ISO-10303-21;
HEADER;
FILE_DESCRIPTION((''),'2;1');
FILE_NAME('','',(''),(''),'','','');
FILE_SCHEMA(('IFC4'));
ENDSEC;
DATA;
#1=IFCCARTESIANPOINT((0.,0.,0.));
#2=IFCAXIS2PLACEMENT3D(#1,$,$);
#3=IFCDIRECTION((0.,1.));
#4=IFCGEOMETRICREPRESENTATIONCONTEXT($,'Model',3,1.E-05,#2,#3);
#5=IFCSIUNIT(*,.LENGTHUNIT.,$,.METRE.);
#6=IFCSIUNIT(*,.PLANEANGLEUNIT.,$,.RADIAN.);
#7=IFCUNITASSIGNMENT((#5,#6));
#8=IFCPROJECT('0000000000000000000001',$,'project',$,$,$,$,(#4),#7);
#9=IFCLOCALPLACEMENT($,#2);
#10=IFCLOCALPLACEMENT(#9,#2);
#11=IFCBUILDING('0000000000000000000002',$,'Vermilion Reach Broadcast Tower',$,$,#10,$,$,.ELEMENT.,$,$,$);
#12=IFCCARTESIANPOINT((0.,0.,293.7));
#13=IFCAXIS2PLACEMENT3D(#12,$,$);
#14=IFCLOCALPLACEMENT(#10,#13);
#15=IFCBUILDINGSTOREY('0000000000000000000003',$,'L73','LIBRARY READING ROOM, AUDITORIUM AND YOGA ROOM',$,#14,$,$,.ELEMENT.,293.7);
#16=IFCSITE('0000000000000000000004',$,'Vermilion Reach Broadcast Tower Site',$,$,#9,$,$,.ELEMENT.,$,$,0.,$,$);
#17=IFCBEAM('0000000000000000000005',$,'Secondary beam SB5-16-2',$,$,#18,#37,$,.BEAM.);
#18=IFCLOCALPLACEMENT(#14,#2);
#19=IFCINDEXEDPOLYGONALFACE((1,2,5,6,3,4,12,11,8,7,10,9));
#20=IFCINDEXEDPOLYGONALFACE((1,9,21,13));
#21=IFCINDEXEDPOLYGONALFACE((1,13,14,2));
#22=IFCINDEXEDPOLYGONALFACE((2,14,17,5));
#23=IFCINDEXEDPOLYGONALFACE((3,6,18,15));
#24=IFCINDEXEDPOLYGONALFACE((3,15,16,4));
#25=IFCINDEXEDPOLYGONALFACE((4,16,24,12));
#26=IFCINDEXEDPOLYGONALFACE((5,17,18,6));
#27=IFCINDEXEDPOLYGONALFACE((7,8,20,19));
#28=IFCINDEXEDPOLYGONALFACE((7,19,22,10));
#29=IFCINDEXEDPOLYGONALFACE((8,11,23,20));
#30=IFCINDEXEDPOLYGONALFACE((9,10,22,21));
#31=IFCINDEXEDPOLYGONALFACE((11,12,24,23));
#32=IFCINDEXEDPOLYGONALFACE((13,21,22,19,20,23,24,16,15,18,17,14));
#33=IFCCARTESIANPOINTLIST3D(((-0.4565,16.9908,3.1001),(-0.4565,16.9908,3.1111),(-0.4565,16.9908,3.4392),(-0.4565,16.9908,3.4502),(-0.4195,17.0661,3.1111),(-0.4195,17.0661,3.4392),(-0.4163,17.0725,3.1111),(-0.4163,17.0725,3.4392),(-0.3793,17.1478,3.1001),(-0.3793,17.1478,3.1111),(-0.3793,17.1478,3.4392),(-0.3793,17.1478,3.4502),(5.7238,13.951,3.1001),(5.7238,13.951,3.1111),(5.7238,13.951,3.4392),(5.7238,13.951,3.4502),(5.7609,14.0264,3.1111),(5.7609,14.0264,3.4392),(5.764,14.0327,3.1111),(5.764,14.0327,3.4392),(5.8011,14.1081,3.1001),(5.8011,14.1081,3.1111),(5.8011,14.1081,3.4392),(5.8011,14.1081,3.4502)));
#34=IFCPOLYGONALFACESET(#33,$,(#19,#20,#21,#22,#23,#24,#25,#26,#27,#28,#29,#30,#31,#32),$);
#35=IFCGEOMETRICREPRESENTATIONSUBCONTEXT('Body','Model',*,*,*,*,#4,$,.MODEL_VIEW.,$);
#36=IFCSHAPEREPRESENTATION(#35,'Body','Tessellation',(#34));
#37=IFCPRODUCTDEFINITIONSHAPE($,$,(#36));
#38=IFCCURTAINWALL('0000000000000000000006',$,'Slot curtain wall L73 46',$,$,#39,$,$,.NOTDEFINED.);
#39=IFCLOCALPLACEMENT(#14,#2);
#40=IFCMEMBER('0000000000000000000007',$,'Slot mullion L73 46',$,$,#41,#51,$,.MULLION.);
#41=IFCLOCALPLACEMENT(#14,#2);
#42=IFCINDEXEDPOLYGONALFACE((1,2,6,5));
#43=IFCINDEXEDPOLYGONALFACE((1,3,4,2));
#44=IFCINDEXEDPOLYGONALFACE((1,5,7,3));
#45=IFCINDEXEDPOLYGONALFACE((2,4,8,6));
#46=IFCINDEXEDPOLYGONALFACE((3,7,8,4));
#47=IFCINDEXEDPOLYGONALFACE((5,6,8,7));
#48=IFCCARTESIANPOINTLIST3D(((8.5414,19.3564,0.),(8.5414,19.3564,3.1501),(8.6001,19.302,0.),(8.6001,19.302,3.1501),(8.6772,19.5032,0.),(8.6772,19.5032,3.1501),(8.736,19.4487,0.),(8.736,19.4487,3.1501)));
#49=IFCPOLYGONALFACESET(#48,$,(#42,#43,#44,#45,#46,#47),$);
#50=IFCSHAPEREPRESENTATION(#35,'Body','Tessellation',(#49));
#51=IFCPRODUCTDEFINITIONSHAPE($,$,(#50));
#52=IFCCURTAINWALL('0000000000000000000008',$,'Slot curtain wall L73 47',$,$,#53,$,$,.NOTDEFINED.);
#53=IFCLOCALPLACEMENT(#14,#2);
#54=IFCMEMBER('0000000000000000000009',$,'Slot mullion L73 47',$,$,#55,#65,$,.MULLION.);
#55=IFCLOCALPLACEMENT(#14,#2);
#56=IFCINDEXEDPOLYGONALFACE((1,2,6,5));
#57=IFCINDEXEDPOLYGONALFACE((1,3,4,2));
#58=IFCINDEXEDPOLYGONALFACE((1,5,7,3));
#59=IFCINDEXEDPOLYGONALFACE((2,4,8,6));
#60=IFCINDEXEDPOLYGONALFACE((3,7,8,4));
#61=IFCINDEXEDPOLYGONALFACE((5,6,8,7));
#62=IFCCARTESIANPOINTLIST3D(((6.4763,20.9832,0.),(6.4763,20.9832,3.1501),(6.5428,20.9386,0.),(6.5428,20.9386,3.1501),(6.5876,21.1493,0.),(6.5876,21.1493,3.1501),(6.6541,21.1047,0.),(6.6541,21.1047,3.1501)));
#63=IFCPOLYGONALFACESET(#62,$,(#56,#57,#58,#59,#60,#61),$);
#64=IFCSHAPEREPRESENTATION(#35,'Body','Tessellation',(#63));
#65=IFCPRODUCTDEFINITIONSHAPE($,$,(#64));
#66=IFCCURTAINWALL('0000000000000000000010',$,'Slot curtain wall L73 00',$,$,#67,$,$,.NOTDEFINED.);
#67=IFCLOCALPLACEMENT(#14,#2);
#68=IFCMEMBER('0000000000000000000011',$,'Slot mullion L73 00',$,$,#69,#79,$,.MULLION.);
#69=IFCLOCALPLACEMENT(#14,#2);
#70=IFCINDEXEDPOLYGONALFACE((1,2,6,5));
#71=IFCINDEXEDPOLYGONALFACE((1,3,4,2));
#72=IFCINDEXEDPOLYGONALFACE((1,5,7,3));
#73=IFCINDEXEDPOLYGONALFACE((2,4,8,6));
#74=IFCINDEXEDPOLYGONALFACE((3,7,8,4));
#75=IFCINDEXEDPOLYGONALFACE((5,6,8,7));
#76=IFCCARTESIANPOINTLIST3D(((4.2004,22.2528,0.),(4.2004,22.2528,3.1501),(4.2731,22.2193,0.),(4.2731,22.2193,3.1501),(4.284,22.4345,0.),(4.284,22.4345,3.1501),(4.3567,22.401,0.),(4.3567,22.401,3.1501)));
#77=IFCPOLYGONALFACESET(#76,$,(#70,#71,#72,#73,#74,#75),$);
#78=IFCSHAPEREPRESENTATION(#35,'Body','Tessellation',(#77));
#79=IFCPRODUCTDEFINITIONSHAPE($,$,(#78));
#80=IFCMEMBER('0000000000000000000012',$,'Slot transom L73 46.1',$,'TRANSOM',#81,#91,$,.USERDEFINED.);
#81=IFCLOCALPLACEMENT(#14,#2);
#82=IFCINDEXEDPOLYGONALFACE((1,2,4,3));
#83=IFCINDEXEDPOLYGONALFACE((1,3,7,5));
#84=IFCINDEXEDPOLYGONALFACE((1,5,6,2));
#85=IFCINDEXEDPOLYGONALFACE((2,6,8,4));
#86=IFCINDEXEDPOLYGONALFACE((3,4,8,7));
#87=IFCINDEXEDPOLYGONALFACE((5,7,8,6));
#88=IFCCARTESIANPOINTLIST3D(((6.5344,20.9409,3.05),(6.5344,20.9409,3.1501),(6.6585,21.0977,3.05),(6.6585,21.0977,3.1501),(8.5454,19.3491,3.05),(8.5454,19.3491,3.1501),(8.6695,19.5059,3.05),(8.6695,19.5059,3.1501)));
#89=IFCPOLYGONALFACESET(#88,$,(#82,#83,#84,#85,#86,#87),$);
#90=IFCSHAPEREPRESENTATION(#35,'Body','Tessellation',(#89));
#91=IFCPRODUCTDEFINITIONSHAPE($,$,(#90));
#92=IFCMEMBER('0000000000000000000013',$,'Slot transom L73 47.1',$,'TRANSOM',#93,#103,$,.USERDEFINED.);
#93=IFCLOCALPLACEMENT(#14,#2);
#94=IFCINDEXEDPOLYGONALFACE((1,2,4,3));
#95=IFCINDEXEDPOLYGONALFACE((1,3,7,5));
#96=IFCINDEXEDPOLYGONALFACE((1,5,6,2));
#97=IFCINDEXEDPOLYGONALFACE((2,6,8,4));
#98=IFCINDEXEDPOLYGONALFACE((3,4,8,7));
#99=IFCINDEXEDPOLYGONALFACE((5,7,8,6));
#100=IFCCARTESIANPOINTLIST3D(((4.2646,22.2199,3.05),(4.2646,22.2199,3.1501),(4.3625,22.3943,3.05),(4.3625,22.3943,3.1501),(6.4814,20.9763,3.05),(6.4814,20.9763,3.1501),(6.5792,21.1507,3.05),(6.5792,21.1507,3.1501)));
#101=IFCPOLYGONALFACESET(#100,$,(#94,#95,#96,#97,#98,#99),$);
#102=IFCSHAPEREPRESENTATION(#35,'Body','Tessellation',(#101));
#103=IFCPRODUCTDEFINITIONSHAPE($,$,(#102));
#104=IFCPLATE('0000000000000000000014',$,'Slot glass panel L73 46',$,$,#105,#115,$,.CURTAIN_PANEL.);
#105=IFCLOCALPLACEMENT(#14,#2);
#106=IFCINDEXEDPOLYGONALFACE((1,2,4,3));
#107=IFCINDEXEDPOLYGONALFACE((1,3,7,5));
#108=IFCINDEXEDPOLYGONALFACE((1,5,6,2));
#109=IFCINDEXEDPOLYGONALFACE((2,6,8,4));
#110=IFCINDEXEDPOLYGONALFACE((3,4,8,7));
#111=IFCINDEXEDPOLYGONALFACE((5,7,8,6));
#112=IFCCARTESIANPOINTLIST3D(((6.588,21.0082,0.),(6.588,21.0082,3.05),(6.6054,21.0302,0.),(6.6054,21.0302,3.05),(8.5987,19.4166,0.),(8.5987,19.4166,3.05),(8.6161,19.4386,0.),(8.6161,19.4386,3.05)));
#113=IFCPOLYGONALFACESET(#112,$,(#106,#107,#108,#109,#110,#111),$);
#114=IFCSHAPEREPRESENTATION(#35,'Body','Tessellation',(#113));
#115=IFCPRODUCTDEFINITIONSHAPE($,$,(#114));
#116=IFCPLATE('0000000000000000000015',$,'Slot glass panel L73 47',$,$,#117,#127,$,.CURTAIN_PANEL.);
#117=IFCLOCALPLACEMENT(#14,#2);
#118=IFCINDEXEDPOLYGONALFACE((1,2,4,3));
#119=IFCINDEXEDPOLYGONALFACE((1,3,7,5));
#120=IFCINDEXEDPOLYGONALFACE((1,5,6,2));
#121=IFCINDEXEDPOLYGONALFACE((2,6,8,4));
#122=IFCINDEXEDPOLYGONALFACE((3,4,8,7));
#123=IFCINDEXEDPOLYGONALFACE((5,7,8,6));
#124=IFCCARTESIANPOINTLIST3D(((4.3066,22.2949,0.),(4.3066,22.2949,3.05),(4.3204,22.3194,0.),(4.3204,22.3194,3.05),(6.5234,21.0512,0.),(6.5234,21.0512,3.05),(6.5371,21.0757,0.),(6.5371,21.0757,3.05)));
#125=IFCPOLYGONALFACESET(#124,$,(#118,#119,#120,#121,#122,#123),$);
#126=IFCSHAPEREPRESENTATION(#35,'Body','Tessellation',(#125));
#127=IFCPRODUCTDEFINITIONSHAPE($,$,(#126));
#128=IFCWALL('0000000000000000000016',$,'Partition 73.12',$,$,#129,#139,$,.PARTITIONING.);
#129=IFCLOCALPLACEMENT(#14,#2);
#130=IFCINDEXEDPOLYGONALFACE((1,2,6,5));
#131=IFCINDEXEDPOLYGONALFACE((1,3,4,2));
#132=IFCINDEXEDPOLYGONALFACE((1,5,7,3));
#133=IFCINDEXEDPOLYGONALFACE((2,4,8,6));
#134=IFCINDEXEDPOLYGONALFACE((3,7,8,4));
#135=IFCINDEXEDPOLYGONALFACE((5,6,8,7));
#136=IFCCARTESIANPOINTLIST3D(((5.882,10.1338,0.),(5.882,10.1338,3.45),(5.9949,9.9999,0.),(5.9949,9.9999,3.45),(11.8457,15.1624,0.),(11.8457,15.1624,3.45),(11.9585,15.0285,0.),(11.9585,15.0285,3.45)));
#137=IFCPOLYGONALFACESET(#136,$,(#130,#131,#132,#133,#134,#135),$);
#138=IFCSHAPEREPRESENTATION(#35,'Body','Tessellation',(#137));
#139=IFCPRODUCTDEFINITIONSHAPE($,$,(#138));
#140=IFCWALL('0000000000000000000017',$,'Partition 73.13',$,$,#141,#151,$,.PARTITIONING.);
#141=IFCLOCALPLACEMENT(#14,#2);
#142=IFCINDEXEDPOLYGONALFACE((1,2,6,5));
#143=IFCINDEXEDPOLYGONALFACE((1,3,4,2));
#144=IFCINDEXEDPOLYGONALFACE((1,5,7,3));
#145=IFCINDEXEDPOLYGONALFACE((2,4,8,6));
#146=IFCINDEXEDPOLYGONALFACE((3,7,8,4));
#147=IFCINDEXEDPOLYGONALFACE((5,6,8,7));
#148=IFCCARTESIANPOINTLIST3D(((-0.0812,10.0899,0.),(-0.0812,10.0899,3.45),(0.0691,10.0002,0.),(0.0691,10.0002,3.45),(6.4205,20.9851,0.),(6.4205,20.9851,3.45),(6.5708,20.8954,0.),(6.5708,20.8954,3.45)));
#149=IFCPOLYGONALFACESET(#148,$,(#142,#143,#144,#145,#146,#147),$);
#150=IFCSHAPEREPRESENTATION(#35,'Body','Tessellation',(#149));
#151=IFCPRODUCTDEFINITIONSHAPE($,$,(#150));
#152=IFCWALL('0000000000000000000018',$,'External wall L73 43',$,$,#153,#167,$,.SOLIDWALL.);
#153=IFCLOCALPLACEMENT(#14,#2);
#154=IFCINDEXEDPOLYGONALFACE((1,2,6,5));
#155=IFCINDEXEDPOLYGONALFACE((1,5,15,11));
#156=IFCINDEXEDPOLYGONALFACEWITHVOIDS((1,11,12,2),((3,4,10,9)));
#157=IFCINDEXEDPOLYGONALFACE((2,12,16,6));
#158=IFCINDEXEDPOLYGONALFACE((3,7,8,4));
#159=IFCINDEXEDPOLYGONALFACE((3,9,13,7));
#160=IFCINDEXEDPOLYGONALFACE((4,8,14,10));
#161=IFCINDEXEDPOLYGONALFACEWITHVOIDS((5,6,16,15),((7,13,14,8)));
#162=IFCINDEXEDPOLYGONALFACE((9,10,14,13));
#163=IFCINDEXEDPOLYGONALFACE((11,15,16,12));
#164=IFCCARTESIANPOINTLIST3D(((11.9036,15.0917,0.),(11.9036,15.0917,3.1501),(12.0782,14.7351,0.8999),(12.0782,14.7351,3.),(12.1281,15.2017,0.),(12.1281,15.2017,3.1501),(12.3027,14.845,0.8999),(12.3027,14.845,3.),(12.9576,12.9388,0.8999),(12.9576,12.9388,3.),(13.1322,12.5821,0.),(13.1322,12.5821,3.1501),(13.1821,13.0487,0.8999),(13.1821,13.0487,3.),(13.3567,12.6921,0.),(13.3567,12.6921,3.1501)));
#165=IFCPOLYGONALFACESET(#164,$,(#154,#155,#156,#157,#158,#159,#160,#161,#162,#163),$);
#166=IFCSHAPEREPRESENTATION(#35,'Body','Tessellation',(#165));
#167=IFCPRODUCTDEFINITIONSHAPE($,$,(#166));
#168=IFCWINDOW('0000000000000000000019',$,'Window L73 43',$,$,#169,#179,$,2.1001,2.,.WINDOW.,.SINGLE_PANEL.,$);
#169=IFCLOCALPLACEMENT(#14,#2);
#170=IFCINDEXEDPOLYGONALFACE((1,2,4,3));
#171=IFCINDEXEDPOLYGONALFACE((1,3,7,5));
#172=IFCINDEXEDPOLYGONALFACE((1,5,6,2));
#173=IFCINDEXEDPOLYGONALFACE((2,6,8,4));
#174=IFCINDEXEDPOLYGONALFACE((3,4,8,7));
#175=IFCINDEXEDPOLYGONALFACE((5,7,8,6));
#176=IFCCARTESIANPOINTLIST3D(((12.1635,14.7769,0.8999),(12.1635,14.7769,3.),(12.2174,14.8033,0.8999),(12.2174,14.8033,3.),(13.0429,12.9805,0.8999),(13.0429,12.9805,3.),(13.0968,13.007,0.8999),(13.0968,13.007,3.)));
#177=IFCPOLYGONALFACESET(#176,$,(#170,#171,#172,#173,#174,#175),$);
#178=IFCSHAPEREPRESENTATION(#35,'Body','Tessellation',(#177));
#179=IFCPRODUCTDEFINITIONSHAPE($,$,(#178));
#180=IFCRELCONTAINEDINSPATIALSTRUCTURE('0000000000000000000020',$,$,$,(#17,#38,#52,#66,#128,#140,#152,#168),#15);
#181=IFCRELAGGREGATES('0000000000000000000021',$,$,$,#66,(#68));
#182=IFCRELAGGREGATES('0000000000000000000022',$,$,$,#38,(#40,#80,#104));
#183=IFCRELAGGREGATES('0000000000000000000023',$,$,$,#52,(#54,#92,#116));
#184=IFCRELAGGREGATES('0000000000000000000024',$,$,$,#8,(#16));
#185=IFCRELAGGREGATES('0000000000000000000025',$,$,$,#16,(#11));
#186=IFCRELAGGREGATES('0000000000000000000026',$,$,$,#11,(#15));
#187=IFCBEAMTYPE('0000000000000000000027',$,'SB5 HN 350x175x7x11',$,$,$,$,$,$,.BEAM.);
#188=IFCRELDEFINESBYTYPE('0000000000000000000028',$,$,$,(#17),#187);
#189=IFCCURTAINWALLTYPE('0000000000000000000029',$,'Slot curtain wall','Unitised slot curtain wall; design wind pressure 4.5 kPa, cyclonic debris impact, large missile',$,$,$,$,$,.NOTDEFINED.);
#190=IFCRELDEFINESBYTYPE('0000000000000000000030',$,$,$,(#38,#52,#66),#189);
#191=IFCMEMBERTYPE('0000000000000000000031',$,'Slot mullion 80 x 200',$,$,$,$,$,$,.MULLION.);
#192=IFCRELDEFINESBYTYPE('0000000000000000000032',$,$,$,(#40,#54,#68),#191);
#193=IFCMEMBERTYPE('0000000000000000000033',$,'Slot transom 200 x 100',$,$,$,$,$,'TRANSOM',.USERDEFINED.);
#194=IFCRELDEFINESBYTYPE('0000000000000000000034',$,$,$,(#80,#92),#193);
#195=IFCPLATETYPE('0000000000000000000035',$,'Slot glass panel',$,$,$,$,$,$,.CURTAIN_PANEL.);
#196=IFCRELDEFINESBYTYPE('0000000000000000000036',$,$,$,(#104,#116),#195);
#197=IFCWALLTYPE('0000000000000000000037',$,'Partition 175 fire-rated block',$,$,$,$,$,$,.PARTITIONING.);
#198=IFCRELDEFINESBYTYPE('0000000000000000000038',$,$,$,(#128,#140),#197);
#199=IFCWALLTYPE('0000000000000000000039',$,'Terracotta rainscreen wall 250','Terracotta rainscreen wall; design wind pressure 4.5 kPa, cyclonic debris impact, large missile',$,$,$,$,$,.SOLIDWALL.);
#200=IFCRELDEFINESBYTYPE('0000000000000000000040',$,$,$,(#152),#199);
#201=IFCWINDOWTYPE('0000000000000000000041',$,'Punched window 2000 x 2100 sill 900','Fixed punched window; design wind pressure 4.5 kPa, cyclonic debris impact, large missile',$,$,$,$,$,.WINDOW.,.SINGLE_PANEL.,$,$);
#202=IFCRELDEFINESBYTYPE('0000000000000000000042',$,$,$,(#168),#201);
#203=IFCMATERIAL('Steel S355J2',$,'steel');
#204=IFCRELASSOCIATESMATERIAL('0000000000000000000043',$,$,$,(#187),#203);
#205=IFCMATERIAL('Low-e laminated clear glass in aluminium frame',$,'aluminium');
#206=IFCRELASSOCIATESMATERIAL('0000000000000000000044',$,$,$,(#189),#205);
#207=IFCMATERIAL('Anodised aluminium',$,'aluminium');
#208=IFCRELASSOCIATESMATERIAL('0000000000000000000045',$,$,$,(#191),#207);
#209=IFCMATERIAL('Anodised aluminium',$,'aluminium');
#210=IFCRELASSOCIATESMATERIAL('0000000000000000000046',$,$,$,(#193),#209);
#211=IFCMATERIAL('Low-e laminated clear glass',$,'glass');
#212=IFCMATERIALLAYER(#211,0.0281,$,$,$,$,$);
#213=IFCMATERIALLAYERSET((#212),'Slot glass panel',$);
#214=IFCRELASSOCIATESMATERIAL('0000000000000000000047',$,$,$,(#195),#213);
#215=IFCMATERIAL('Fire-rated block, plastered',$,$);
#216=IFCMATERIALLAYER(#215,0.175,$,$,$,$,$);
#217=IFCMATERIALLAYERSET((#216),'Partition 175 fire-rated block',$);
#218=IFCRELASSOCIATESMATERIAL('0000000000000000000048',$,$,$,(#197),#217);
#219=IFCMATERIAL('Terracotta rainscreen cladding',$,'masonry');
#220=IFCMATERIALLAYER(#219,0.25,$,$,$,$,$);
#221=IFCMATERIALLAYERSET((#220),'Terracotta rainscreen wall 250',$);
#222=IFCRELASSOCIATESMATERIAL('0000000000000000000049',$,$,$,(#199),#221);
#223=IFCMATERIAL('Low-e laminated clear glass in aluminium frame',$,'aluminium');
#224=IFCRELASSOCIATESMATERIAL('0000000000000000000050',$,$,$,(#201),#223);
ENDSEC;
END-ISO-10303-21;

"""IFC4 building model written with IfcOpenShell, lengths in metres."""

from ifc_helpers import new_model, si_unit, direction, frame, frame_2d, origin, origin_2d, place, context, subcontext, project, spatial, rectangle, i_section, extrude, material, layer, layer_set, material_profile, profile_set, type_object, element, fill, aggregate, save


model = new_model("IFC4")

# Units and contexts
model_context = context("Model", 3, precision=1e-05, world=origin(), true_north=direction((0.0, 1.0)))
body_context = subcontext(model_context, "Body", "Model", "MODEL_VIEW")
ifc_project = project(units=[si_unit("LENGTHUNIT", "METRE"), si_unit("PLANEANGLEUNIT", "RADIAN")], contexts=[model_context])

# Site, building, storey
site_placement = place(None, origin())
site = spatial("IfcSite", under=ifc_project, at=site_placement, Name="Vermilion Reach Broadcast Tower Site", CompositionType="ELEMENT", RefElevation=0.0)
building_placement = place(site_placement, origin())
building = spatial("IfcBuilding", under=site, at=building_placement, Name="Vermilion Reach Broadcast Tower", CompositionType="ELEMENT")
storey_placement = place(building_placement, frame((0.0, 0.0, 293.7)))
storey = spatial("IfcBuildingStorey", under=building, at=storey_placement, Name="L73", Description="LIBRARY READING ROOM, AUDITORIUM AND YOGA ROOM", CompositionType="ELEMENT", Elevation=293.7)

# Beam
ifc_material_1 = material(Name="Steel S355J2", Category="steel")
ifc_material_profile_1 = material_profile(ifc_material_1, i_section(OverallWidth=0.175, OverallDepth=0.3501, WebThickness=0.0071, FlangeThickness=0.011, at=origin_2d()), Name="S355J2 HN 350x175x7x11")
ifc_profile_set_1 = profile_set([ifc_material_profile_1], Name="Steel S355J2")
beam_type_1 = type_object("IfcBeamType", Name="SB5 HN 350x175x7x11", PredefinedType="BEAM", material=ifc_profile_set_1)
beam_1_placement = place(storey_placement, frame((5.7625, 14.0295, 3.2751), z_axis=(-0.897336, 0.441348, 0.0), x_axis=(-0.441348, -0.897336, 0.0)))
element("IfcBeam", 1, at=beam_1_placement, inside=storey, type_object=beam_type_1, Name="Secondary beam SB5-16-2", PredefinedType="BEAM", context=body_context, shape_type="SweptSolid", body=[
    extrude(i_section(OverallWidth=0.175, OverallDepth=0.3501, WebThickness=0.0071, FlangeThickness=0.011, at=origin_2d()), origin(), (0.0, 0.0, 1.0), 6.8875),
])

# Curtain walls, members
ifc_material_2 = material(Name="Low-e laminated clear glass in aluminium frame", Category="aluminium")
curtain_wall_type = type_object("IfcCurtainWallType", Name="Slot curtain wall", Description="Unitised slot curtain wall; design wind pressure 4.5 kPa, cyclonic debris impact, large missile", PredefinedType="NOTDEFINED", material=ifc_material_2)
placement = place(storey_placement, origin())
curtain_wall_1 = element("IfcCurtainWall", 2, at=placement, inside=storey, type_object=curtain_wall_type, Name="Slot curtain wall L73 46", PredefinedType="NOTDEFINED")
ifc_material_3 = material(Name="Anodised aluminium", Category="aluminium")
ifc_material_profile_2 = material_profile(ifc_material_3, rectangle(XDim=0.2, YDim=0.0801, at=origin_2d()), Name="Slot mullion 80 x 200")
ifc_profile_set_2 = profile_set([ifc_material_profile_2], Name="Anodised aluminium")
member_type_1 = type_object("IfcMemberType", Name="Slot mullion 80 x 200", PredefinedType="MULLION", material=ifc_profile_set_2)
member_1_placement = place(storey_placement, frame((8.6387, 19.4026, 0.0), z_axis=(0.0, 0.0, 1.0), x_axis=(-0.679358, -0.733807, 0.0)))
member_1 = element("IfcMember", 3, at=member_1_placement, type_object=member_type_1, Name="Slot mullion L73 46", PredefinedType="MULLION", context=body_context, shape_type="SweptSolid", body=[
    extrude(rectangle(XDim=0.2, YDim=0.0801, at=origin_2d()), origin(), (0.0, 0.0, 1.0), 3.1501),
])
curtain_wall_2 = element("IfcCurtainWall", 4, at=placement, inside=storey, type_object=curtain_wall_type, Name="Slot curtain wall L73 47", PredefinedType="NOTDEFINED")
member_2_placement = place(storey_placement, frame((6.5652, 21.0439, 0.0), z_axis=(0.0, 0.0, 1.0), x_axis=(-0.556715, -0.830704, 0.0)))
member_2 = element("IfcMember", 5, at=member_2_placement, type_object=member_type_1, Name="Slot mullion L73 47", PredefinedType="MULLION", context=body_context, shape_type="SweptSolid", body=[
    extrude(rectangle(XDim=0.2, YDim=0.0801, at=origin_2d()), origin(), (0.0, 0.0, 1.0), 3.1501),
])
curtain_wall_3 = element("IfcCurtainWall", 6, at=placement, inside=storey, type_object=curtain_wall_type, Name="Slot curtain wall L73 00", PredefinedType="NOTDEFINED")
member_3_placement = place(storey_placement, frame((4.2786, 22.3269, 0.0), z_axis=(0.0, 0.0, 1.0), x_axis=(-0.418184, -0.908362, 0.0)))
member_3 = element("IfcMember", 7, at=member_3_placement, type_object=member_type_1, Name="Slot mullion L73 00", PredefinedType="MULLION", context=body_context, shape_type="SweptSolid", body=[
    extrude(rectangle(XDim=0.2, YDim=0.0801, at=origin_2d()), origin(), (0.0, 0.0, 1.0), 3.1501),
])
aggregate(curtain_wall_3, [member_3])

# Members
ifc_material_4 = material(Name="Anodised aluminium", Category="aluminium")
ifc_material_profile_3 = material_profile(ifc_material_4, rectangle(XDim=0.2, YDim=0.1001, at=origin_2d()), Name="Slot transom 200 x 100")
ifc_profile_set_3 = profile_set([ifc_material_profile_3], Name="Anodised aluminium")
member_type_2 = type_object("IfcMemberType", Name="Slot transom 200 x 100", ElementType="TRANSOM", PredefinedType="USERDEFINED", material=ifc_profile_set_3)
member_4_placement = place(storey_placement, frame((8.6074, 19.4275, 3.1001), z_axis=(-0.78409, 0.620647, 0.0), x_axis=(-0.620647, -0.78409, 0.0)))
member_4 = element("IfcMember", 8, at=member_4_placement, type_object=member_type_2, Name="Slot transom L73 46.1", ObjectType="TRANSOM", PredefinedType="USERDEFINED", context=body_context, shape_type="SweptSolid", body=[
    extrude(rectangle(XDim=0.2, YDim=0.1001, at=origin_2d()), origin(), (0.0, 0.0, 1.0), 2.5647),
])
member_5_placement = place(storey_placement, frame((6.5303, 21.0635, 3.1001), z_axis=(-0.872129, 0.489276, 0.0), x_axis=(-0.489276, -0.872129, 0.0)))
member_5 = element("IfcMember", 9, at=member_5_placement, type_object=member_type_2, Name="Slot transom L73 47.1", ObjectType="TRANSOM", PredefinedType="USERDEFINED", context=body_context, shape_type="SweptSolid", body=[
    extrude(rectangle(XDim=0.2, YDim=0.1001, at=origin_2d()), origin(), (0.0, 0.0, 1.0), 2.5417),
])

# Plates
ifc_material_5 = material(Name="Low-e laminated clear glass", Category="glass")
ifc_layer_1 = layer(ifc_material_5, 0.0281)
ifc_layer_set_1 = layer_set([ifc_layer_1], Name="Slot glass panel")
plate_type = type_object("IfcPlateType", Name="Slot glass panel", PredefinedType="CURTAIN_PANEL", material=ifc_layer_set_1)
plate_1_placement = place(storey_placement, frame((7.6021, 20.2234, 0.0), z_axis=(0.0, 0.0, 1.0), x_axis=(-0.784077, 0.620663, 0.0)))
plate_1 = element("IfcPlate", 10, at=plate_1_placement, type_object=plate_type, Name="Slot glass panel L73 46", PredefinedType="CURTAIN_PANEL", context=body_context, shape_type="SweptSolid", body=[
    extrude(rectangle(XDim=2.5645, YDim=0.0281, at=origin_2d()), origin(), (0.0, 0.0, 1.0), 3.05),
])
aggregate(curtain_wall_1, [member_1, member_4, plate_1])
plate_2_placement = place(storey_placement, frame((5.4219, 21.6853, 0.0), z_axis=(0.0, 0.0, 1.0), x_axis=(-0.872127, 0.48928, 0.0)))
plate_2 = element("IfcPlate", 11, at=plate_2_placement, type_object=plate_type, Name="Slot glass panel L73 47", PredefinedType="CURTAIN_PANEL", context=body_context, shape_type="SweptSolid", body=[
    extrude(rectangle(XDim=2.5417, YDim=0.0281, at=origin_2d()), origin(), (0.0, 0.0, 1.0), 3.05),
])
aggregate(curtain_wall_2, [member_2, member_5, plate_2])

# Walls
ifc_material_6 = material(Name="Fire-rated block, plastered")
ifc_layer_2 = layer(ifc_material_6, 0.175)
ifc_layer_set_2 = layer_set([ifc_layer_2], Name="Partition 175 fire-rated block")
wall_type_1 = type_object("IfcWallType", Name="Partition 175 fire-rated block", PredefinedType="PARTITIONING", material=ifc_layer_set_2)
wall_1_placement = place(storey_placement, frame((11.9021, 15.0955, 0.0), z_axis=(0.0, 0.0, 1.0), x_axis=(-0.764496, -0.644628, 0.0)))
element("IfcWall", 12, at=wall_1_placement, inside=storey, type_object=wall_type_1, Name="Partition 73.12", PredefinedType="PARTITIONING", context=body_context, shape_type="SweptSolid", body=[
    extrude(rectangle(XDim=7.8008, YDim=0.175, at=frame_2d((3.9004, 0.0))), origin(), (0.0, 0.0, 1.0), 3.45),
])
wall_2_placement = place(storey_placement, frame((6.4956, 20.9402, 0.0), z_axis=(0.0, 0.0, 1.0), x_axis=(-0.51244, -0.858723, 0.0)))
element("IfcWall", 13, at=wall_2_placement, inside=storey, type_object=wall_type_1, Name="Partition 73.13", PredefinedType="PARTITIONING", context=body_context, shape_type="SweptSolid", body=[
    extrude(rectangle(XDim=12.6877, YDim=0.175, at=frame_2d((6.3438, 0.0))), origin(), (0.0, 0.0, 1.0), 3.45),
])

# Wall, opening, window
ifc_material_7 = material(Name="Terracotta rainscreen cladding", Category="masonry")
ifc_layer_3 = layer(ifc_material_7, 0.25)
ifc_layer_set_3 = layer_set([ifc_layer_3], Name="Terracotta rainscreen wall 250")
wall_type_2 = type_object("IfcWallType", Name="Terracotta rainscreen wall 250", Description="Terracotta rainscreen wall; design wind pressure 4.5 kPa, cyclonic debris impact, large missile", PredefinedType="SOLIDWALL", material=ifc_layer_set_3)
wall_3_placement = place(storey_placement, frame((13.2444, 12.6372, 0.0), z_axis=(0.0, 0.0, 1.0), x_axis=(-0.439683, 0.898153, 0.0)))
wall_3 = element("IfcWall", 14, at=wall_3_placement, inside=storey, type_object=wall_type_2, Name="External wall L73 43", PredefinedType="SOLIDWALL", context=body_context, shape_type="SweptSolid", body=[
    extrude(rectangle(XDim=2.7942, YDim=0.25, at=frame_2d((1.397, 0.0))), origin(), (0.0, 0.0, 1.0), 3.1501),
])
opening_1_placement = place(wall_3_placement, frame((0.397, 0.0, 0.8999)))
opening_1 = element("IfcOpeningElement", 15, at=opening_1_placement, cuts=wall_3, PredefinedType="OPENING", context=body_context, shape_type="SweptSolid", body=[
    extrude(rectangle(XDim=2.0, YDim=2.1001, at=frame_2d((1.0, 1.05))), frame((0.0, 0.135, 0.0), z_axis=(0.0, -1.0, 0.0), x_axis=(1.0, 0.0, 0.0)), (0.0, 0.0, 1.0), 0.27),
])
ifc_material_8 = material(Name="Low-e laminated clear glass in aluminium frame", Category="aluminium")
window_type = type_object("IfcWindowType", Name="Punched window 2000 x 2100 sill 900", Description="Fixed punched window; design wind pressure 4.5 kPa, cyclonic debris impact, large missile", PartitioningType="SINGLE_PANEL", PredefinedType="WINDOW", material=ifc_material_8)
window_placement = place(opening_1_placement, origin())
window = element("IfcWindow", 16, at=window_placement, inside=storey, type_object=window_type, Name="Window L73 43", OverallHeight=2.1001, OverallWidth=2.0, PartitioningType="SINGLE_PANEL", PredefinedType="WINDOW", context=body_context, shape_type="SweptSolid", body=[
    extrude(rectangle(XDim=2.0, YDim=2.1001, at=frame_2d((1.0, 1.05))), frame((0.0, 0.03, 0.0), z_axis=(0.0, -1.0, 0.0), x_axis=(1.0, 0.0, 0.0)), (0.0, 0.0, 1.0), 0.0601),
])
fill(opening_1, window)

save(model, "model.ifc")
